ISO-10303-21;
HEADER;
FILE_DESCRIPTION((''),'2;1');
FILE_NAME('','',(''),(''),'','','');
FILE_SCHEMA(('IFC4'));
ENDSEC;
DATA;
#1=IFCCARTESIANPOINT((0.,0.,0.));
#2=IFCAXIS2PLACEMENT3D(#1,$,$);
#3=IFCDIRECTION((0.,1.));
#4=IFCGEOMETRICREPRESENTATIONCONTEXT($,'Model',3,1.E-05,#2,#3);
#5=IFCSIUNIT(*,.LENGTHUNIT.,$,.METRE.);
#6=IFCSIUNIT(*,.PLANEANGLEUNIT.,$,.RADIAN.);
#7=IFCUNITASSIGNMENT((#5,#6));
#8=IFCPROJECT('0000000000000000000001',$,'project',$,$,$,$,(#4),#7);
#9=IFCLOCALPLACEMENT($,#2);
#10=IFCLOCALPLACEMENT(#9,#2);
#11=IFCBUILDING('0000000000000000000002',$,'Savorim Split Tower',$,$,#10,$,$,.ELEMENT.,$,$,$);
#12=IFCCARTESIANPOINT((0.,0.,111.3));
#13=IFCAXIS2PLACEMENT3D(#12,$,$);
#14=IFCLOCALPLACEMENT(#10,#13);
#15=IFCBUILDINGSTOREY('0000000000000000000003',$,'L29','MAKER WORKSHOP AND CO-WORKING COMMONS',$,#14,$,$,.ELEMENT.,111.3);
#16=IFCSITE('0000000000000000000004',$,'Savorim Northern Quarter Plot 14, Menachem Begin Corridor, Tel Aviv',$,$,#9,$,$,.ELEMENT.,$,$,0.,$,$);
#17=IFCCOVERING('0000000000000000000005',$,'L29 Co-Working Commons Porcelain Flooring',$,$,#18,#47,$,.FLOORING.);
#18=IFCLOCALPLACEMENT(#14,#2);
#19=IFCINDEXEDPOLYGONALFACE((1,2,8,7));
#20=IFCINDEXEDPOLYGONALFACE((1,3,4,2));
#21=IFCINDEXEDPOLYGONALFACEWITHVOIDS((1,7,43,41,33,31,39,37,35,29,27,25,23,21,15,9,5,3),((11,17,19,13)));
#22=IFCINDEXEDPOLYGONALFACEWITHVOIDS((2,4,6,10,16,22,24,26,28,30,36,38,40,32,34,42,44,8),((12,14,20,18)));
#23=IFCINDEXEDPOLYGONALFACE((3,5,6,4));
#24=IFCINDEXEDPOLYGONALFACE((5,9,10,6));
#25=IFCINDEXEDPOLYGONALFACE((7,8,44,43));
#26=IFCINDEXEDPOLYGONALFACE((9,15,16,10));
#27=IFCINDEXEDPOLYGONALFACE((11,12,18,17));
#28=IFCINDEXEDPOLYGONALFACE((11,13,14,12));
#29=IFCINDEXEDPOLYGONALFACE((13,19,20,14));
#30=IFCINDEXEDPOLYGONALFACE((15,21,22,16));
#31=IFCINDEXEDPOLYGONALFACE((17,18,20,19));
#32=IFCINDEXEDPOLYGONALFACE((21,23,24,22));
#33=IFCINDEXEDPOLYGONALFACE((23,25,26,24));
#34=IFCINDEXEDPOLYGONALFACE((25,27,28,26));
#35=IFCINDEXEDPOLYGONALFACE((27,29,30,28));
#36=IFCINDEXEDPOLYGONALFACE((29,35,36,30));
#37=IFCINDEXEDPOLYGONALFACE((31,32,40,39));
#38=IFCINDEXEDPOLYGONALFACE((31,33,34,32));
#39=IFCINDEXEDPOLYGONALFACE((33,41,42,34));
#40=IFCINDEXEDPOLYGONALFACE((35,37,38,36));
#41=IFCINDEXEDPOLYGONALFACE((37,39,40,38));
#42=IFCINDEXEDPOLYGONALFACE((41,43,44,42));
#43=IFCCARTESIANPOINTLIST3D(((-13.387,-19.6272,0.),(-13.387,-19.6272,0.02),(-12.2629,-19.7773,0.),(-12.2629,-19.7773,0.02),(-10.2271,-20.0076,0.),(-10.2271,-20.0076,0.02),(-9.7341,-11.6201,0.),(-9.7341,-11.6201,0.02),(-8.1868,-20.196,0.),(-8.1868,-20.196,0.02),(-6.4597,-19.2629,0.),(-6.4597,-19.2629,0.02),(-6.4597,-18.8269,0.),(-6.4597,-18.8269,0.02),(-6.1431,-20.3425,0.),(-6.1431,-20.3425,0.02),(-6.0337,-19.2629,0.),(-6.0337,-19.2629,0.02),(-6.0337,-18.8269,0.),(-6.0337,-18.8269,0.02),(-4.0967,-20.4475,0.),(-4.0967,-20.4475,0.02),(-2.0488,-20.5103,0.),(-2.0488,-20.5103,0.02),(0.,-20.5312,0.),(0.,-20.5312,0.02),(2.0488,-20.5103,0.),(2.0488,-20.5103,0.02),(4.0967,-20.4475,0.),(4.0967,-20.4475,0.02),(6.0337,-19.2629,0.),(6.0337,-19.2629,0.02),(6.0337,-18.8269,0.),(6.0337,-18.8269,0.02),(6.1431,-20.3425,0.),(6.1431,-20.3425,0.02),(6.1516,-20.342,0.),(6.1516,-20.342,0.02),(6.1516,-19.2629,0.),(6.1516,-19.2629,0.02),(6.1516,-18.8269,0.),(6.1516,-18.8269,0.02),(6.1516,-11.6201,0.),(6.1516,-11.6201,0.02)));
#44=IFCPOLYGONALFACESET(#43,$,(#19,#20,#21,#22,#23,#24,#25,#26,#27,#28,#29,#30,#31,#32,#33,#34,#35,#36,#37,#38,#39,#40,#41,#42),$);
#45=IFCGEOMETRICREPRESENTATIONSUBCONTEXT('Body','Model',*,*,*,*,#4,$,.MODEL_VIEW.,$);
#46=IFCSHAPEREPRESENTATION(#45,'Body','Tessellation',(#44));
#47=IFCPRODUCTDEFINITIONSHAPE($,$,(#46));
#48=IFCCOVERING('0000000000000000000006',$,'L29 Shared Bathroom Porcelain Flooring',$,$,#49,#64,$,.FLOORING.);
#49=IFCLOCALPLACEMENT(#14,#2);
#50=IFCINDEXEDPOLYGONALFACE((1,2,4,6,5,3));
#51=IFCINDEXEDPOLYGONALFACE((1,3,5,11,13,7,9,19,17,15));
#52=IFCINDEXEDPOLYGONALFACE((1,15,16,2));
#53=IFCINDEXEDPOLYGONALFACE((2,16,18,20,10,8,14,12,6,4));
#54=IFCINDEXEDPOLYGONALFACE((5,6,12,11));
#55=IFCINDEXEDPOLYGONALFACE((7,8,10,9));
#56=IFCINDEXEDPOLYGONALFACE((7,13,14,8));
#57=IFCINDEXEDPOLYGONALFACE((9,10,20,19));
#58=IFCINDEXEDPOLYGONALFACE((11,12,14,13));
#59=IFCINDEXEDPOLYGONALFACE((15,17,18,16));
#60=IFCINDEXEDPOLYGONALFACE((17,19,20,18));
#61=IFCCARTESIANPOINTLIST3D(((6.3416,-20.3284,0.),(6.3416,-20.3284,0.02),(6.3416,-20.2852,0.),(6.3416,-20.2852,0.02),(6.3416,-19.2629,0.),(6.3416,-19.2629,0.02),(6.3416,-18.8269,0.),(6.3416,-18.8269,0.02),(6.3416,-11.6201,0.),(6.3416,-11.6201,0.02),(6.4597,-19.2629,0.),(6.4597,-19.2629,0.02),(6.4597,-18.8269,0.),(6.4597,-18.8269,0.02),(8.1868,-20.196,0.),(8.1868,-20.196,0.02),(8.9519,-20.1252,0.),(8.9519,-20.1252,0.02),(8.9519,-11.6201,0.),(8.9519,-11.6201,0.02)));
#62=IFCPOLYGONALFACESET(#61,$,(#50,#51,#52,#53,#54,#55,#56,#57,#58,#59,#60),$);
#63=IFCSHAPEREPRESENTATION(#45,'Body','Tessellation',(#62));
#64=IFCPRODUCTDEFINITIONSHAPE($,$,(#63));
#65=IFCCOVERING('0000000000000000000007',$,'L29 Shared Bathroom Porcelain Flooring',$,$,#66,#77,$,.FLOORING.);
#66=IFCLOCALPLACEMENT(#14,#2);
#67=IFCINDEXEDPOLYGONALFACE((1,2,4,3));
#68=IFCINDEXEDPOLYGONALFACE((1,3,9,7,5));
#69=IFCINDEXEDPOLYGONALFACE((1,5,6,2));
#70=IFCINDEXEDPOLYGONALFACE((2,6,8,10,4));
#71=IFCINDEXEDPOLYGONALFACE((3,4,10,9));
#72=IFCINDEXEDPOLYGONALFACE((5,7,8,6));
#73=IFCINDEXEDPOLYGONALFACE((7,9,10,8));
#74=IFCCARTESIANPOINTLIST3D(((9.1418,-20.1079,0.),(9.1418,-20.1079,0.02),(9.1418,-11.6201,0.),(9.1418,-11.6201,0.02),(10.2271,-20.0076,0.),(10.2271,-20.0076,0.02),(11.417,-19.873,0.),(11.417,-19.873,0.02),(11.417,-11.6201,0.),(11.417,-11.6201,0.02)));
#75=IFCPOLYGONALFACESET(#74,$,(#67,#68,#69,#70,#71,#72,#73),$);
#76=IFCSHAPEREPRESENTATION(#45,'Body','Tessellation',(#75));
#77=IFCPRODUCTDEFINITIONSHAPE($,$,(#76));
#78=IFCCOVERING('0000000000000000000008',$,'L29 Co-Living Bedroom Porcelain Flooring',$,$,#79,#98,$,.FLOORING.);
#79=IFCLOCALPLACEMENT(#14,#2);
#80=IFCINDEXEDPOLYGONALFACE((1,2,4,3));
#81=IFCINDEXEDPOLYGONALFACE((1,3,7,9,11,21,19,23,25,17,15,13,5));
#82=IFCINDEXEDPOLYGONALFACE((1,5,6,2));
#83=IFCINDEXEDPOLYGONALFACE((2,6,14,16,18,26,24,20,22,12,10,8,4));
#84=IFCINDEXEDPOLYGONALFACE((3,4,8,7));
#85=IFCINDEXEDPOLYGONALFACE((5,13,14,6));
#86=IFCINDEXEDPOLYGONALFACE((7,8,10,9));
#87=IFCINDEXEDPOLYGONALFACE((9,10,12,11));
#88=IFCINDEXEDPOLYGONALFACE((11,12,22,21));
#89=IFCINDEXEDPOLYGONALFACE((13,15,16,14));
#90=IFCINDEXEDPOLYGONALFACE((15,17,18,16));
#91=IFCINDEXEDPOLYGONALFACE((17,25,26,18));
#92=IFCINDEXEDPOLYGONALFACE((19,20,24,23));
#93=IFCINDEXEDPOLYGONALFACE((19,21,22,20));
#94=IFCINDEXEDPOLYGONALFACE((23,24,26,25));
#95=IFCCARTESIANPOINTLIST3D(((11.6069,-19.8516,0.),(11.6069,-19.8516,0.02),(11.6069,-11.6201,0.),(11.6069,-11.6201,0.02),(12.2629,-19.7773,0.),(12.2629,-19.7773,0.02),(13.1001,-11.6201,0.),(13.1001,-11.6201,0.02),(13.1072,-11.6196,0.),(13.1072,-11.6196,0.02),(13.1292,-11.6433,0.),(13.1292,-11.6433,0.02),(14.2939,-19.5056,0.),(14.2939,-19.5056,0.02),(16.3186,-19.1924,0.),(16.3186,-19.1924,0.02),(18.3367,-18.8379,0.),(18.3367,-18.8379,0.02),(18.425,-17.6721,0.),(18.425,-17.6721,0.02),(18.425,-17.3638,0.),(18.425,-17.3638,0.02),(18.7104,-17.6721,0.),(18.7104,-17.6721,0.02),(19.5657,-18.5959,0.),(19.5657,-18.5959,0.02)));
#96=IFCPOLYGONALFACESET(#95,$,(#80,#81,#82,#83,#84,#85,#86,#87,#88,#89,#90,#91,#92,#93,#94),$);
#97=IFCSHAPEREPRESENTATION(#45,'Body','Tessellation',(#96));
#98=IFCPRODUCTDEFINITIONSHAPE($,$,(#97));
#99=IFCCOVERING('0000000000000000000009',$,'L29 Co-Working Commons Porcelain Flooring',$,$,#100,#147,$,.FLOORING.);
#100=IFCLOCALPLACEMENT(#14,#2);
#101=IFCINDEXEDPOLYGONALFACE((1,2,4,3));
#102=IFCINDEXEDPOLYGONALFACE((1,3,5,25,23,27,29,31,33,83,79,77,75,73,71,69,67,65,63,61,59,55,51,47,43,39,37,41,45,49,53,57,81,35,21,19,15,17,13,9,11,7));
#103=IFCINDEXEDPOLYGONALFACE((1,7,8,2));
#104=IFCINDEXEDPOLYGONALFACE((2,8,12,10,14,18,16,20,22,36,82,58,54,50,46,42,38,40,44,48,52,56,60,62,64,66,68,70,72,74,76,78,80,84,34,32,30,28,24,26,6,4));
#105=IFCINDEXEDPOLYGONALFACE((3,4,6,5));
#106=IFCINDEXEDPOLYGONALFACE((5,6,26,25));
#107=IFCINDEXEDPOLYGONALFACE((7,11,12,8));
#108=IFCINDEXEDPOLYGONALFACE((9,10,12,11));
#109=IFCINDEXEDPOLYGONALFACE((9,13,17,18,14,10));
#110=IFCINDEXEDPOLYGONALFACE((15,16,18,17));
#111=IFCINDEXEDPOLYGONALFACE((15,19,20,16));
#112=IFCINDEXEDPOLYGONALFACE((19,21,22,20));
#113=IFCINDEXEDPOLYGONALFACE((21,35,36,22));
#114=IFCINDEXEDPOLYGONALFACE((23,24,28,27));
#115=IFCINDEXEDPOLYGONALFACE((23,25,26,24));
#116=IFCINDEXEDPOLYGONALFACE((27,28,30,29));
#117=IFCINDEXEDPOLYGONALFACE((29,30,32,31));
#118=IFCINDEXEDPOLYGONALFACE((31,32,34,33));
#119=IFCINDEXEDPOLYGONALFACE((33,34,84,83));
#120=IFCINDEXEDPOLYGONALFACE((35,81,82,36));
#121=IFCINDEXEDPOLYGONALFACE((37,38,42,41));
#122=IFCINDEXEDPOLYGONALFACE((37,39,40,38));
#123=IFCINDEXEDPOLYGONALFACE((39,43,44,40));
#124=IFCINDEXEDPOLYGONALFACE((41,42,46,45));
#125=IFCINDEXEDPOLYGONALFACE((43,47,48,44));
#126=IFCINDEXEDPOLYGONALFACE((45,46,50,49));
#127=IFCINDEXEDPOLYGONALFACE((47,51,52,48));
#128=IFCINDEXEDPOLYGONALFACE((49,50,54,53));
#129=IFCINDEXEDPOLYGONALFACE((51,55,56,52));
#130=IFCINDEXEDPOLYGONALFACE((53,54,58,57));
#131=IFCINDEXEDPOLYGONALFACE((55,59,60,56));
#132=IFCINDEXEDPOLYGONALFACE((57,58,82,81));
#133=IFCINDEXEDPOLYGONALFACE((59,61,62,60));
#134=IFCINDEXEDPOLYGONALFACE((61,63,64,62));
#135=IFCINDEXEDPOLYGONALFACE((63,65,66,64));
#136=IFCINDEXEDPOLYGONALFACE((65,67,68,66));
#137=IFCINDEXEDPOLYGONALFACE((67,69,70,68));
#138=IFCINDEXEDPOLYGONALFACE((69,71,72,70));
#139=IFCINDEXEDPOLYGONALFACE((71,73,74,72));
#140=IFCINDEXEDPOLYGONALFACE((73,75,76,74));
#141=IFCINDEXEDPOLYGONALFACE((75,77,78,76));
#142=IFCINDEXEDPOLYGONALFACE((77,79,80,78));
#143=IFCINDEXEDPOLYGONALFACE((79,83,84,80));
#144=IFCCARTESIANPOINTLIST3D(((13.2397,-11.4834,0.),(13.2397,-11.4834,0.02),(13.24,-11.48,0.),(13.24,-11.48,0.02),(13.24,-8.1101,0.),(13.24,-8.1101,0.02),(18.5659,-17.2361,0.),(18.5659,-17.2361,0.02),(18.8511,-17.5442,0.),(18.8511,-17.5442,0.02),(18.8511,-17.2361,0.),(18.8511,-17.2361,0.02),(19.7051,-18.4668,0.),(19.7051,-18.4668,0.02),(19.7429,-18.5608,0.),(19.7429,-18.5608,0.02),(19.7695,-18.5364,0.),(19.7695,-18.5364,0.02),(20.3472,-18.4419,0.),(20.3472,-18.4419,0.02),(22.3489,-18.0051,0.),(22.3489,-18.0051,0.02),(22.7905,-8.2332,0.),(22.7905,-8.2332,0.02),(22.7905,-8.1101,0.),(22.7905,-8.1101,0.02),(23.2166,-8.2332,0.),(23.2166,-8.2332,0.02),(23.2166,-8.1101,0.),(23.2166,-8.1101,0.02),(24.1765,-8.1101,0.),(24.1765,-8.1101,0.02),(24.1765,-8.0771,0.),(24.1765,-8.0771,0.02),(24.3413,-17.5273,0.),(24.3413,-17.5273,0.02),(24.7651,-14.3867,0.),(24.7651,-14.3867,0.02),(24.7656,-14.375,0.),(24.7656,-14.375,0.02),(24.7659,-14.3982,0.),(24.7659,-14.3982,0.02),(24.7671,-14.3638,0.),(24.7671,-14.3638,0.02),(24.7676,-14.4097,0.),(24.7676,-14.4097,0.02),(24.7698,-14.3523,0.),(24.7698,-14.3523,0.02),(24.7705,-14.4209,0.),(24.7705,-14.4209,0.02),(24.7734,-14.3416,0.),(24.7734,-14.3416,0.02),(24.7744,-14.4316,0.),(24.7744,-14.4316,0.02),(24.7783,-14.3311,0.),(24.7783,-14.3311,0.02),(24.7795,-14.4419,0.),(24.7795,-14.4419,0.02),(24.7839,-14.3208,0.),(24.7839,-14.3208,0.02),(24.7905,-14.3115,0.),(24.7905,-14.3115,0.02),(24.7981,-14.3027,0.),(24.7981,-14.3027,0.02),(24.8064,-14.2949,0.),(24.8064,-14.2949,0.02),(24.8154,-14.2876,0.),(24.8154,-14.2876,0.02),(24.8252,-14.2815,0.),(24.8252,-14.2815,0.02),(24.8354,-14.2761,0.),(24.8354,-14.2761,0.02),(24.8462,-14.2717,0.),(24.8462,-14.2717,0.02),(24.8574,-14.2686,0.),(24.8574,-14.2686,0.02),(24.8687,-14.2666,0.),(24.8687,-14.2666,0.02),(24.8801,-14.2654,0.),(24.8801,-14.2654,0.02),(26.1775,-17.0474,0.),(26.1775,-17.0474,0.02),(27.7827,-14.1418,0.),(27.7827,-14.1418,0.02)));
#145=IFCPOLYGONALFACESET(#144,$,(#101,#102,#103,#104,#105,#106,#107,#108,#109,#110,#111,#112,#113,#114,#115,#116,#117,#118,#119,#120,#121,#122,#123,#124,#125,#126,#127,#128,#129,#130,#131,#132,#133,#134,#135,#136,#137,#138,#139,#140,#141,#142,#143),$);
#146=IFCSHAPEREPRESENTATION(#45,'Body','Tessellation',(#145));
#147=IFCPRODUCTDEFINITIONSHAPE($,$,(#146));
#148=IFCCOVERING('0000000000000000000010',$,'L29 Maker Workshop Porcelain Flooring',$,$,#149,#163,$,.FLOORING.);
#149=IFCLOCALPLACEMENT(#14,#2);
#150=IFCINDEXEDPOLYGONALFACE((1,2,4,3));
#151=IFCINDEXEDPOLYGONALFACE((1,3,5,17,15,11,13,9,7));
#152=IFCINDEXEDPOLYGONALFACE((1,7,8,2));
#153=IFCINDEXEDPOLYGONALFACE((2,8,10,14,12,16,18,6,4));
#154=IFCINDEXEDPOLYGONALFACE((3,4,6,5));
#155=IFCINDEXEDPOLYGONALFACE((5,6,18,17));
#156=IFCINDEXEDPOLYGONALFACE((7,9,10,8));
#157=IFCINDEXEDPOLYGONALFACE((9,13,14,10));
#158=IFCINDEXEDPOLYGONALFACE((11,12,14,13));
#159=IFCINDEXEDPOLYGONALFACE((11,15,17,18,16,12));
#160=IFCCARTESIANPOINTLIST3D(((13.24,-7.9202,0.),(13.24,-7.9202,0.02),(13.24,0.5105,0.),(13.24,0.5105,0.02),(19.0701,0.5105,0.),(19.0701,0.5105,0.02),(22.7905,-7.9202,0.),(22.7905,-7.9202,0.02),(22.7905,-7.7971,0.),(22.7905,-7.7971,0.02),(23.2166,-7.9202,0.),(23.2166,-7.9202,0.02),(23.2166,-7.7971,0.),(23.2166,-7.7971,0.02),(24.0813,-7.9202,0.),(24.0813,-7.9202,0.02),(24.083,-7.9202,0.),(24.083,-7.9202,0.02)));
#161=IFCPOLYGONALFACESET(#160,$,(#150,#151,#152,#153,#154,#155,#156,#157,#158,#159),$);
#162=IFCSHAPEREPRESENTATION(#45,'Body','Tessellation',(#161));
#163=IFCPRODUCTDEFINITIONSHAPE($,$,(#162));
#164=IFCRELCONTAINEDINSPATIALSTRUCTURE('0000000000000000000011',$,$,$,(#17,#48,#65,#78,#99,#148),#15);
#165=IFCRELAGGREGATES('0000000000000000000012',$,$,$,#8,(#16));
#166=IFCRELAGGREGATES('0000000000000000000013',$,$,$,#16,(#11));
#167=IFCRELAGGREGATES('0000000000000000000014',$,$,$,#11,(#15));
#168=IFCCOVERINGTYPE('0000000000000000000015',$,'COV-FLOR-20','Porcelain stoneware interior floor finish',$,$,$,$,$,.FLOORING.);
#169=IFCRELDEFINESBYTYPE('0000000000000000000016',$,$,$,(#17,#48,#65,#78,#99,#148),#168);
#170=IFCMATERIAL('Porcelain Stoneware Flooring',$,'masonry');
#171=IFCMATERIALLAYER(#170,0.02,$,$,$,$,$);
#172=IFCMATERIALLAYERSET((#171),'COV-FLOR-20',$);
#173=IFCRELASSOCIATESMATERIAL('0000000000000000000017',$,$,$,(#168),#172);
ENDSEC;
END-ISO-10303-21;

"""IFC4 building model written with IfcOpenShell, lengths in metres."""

from ifc_helpers import new_model, si_unit, direction, frame, origin, place, context, subcontext, project, spatial, polyline, outline, extrude, material, layer, layer_set, type_object, element, save


model = new_model("IFC4")

# Units and contexts
model_context = context("Model", 3, precision=1e-05, world=origin(), true_north=direction((0.0, 1.0)))
body_context = subcontext(model_context, "Body", "Model", "MODEL_VIEW")
ifc_project = project(units=[si_unit("LENGTHUNIT", "METRE"), si_unit("PLANEANGLEUNIT", "RADIAN")], contexts=[model_context])

# Site, building, storey
site_placement = place(None, origin())
site = spatial("IfcSite", under=ifc_project, at=site_placement, Name="Savorim Northern Quarter Plot 14, Menachem Begin Corridor, Tel Aviv", CompositionType="ELEMENT", RefElevation=0.0)
building_placement = place(site_placement, origin())
building = spatial("IfcBuilding", under=site, at=building_placement, Name="Savorim Split Tower", CompositionType="ELEMENT")
storey_placement = place(building_placement, frame((0.0, 0.0, 111.3)))
storey = spatial("IfcBuildingStorey", under=building, at=storey_placement, Name="L29", Description="MAKER WORKSHOP AND CO-WORKING COMMONS", CompositionType="ELEMENT", Elevation=111.3)

# Coverings
ifc_material_1 = material(Name="Porcelain Stoneware Flooring", Category="masonry")
ifc_layer_1 = layer(ifc_material_1, 0.02)
ifc_layer_set_1 = layer_set([ifc_layer_1], Name="COV-FLOR-20")
covering_type_1 = type_object("IfcCoveringType", Name="COV-FLOR-20", Description="Porcelain stoneware interior floor finish", PredefinedType="FLOORING", material=ifc_layer_set_1)
covering_1_placement = place(storey_placement, origin())
element("IfcCovering", 1, at=covering_1_placement, inside=storey, type_object=covering_type_1, Name="L29 Co-Working Commons Porcelain Flooring", PredefinedType="FLOORING", context=body_context, shape_type="SweptSolid", body=[
    extrude(outline(polyline([(6.0337, -18.8269), (6.1516, -18.8269), (6.1516, -11.6201), (-9.7341, -11.6201), (-13.387, -19.6272), (-12.2629, -19.7773), (-10.2271, -20.0076), (-8.1868, -20.196), (-6.1431, -20.3425), (-4.0967, -20.4475), (-2.0488, -20.5103), (0.0, -20.5312), (2.0488, -20.5103), (4.0967, -20.4475), (6.1431, -20.3425), (6.1516, -20.342), (6.1516, -19.2629), (6.0337, -19.2629), (6.0337, -18.8269)]), holes=[polyline([(-6.4597, -19.2629), (-6.0337, -19.2629), (-6.0337, -18.8269), (-6.4597, -18.8269), (-6.4597, -19.2629)])]), origin(), (0.0, 0.0, 1.0), 0.02),
])
covering_2_placement = place(storey_placement, origin())
element("IfcCovering", 2, at=covering_2_placement, inside=storey, type_object=covering_type_1, Name="L29 Shared Bathroom Porcelain Flooring", PredefinedType="FLOORING", context=body_context, shape_type="SweptSolid", body=[
    extrude(outline(polyline([(6.3416, -20.2852), (6.3416, -20.3284), (8.1868, -20.196), (8.9519, -20.1252), (8.9519, -11.6201), (6.3416, -11.6201), (6.3416, -18.8269), (6.4597, -18.8269), (6.4597, -19.2629), (6.3416, -19.2629), (6.3416, -20.2852)])), origin(), (0.0, 0.0, 1.0), 0.02),
])
covering_3_placement = place(storey_placement, origin())
element("IfcCovering", 3, at=covering_3_placement, inside=storey, type_object=covering_type_1, Name="L29 Shared Bathroom Porcelain Flooring", PredefinedType="FLOORING", context=body_context, shape_type="SweptSolid", body=[
    extrude(outline(polyline([(9.1418, -11.6201), (9.1418, -20.1079), (10.2271, -20.0076), (11.417, -19.873), (11.417, -11.6201), (9.1418, -11.6201)])), origin(), (0.0, 0.0, 1.0), 0.02),
])
covering_4_placement = place(storey_placement, origin())
element("IfcCovering", 4, at=covering_4_placement, inside=storey, type_object=covering_type_1, Name="L29 Co-Living Bedroom Porcelain Flooring", PredefinedType="FLOORING", context=body_context, shape_type="SweptSolid", body=[
    extrude(outline(polyline([(12.2629, -19.7773), (14.2939, -19.5056), (16.3186, -19.1924), (18.3367, -18.8379), (19.5657, -18.5959), (18.7104, -17.6721), (18.425, -17.6721), (18.425, -17.3638), (13.1292, -11.6433), (13.1072, -11.6196), (13.1001, -11.6201), (11.6069, -11.6201), (11.6069, -19.8516), (12.2629, -19.7773)])), origin(), (0.0, 0.0, 1.0), 0.02),
])
covering_5_placement = place(storey_placement, origin())
element("IfcCovering", 5, at=covering_5_placement, inside=storey, type_object=covering_type_1, Name="L29 Co-Working Commons Porcelain Flooring", PredefinedType="FLOORING", context=body_context, shape_type="SweptSolid", body=[
    extrude(outline(polyline([(24.8574, -14.2686), (24.8687, -14.2666), (24.8801, -14.2654), (27.7827, -14.1418), (24.1765, -8.0771), (24.1765, -8.1101), (23.2166, -8.1101), (23.2166, -8.2332), (22.7905, -8.2332), (22.7905, -8.1101), (13.24, -8.1101), (13.24, -11.48), (13.2397, -11.4834), (18.5659, -17.2361), (18.8511, -17.2361), (18.8511, -17.5442), (19.7051, -18.4668), (19.7695, -18.5364), (19.7429, -18.5608), (20.3472, -18.4419), (22.3489, -18.0051), (24.3413, -17.5273), (26.1775, -17.0474), (24.7795, -14.4419), (24.7744, -14.4316), (24.7705, -14.4209), (24.7676, -14.4097), (24.7659, -14.3982), (24.7651, -14.3867), (24.7656, -14.375), (24.7671, -14.3638), (24.7698, -14.3523), (24.7734, -14.3416), (24.7783, -14.3311), (24.7839, -14.3208), (24.7905, -14.3115), (24.7981, -14.3027), (24.8064, -14.2949), (24.8154, -14.2876), (24.8252, -14.2815), (24.8354, -14.2761), (24.8462, -14.2717), (24.8574, -14.2686)])), origin(), (0.0, 0.0, 1.0), 0.02),
])
covering_6_placement = place(storey_placement, origin())
element("IfcCovering", 6, at=covering_6_placement, inside=storey, type_object=covering_type_1, Name="L29 Maker Workshop Porcelain Flooring", PredefinedType="FLOORING", context=body_context, shape_type="SweptSolid", body=[
    extrude(outline(polyline([(23.2166, -7.7971), (23.2166, -7.9202), (24.0813, -7.9202), (24.083, -7.9202), (19.0701, 0.5105), (13.24, 0.5105), (13.24, -7.9202), (22.7905, -7.9202), (22.7905, -7.7971), (23.2166, -7.7971)])), origin(), (0.0, 0.0, 1.0), 0.02),
])

save(model, "model.ifc")
